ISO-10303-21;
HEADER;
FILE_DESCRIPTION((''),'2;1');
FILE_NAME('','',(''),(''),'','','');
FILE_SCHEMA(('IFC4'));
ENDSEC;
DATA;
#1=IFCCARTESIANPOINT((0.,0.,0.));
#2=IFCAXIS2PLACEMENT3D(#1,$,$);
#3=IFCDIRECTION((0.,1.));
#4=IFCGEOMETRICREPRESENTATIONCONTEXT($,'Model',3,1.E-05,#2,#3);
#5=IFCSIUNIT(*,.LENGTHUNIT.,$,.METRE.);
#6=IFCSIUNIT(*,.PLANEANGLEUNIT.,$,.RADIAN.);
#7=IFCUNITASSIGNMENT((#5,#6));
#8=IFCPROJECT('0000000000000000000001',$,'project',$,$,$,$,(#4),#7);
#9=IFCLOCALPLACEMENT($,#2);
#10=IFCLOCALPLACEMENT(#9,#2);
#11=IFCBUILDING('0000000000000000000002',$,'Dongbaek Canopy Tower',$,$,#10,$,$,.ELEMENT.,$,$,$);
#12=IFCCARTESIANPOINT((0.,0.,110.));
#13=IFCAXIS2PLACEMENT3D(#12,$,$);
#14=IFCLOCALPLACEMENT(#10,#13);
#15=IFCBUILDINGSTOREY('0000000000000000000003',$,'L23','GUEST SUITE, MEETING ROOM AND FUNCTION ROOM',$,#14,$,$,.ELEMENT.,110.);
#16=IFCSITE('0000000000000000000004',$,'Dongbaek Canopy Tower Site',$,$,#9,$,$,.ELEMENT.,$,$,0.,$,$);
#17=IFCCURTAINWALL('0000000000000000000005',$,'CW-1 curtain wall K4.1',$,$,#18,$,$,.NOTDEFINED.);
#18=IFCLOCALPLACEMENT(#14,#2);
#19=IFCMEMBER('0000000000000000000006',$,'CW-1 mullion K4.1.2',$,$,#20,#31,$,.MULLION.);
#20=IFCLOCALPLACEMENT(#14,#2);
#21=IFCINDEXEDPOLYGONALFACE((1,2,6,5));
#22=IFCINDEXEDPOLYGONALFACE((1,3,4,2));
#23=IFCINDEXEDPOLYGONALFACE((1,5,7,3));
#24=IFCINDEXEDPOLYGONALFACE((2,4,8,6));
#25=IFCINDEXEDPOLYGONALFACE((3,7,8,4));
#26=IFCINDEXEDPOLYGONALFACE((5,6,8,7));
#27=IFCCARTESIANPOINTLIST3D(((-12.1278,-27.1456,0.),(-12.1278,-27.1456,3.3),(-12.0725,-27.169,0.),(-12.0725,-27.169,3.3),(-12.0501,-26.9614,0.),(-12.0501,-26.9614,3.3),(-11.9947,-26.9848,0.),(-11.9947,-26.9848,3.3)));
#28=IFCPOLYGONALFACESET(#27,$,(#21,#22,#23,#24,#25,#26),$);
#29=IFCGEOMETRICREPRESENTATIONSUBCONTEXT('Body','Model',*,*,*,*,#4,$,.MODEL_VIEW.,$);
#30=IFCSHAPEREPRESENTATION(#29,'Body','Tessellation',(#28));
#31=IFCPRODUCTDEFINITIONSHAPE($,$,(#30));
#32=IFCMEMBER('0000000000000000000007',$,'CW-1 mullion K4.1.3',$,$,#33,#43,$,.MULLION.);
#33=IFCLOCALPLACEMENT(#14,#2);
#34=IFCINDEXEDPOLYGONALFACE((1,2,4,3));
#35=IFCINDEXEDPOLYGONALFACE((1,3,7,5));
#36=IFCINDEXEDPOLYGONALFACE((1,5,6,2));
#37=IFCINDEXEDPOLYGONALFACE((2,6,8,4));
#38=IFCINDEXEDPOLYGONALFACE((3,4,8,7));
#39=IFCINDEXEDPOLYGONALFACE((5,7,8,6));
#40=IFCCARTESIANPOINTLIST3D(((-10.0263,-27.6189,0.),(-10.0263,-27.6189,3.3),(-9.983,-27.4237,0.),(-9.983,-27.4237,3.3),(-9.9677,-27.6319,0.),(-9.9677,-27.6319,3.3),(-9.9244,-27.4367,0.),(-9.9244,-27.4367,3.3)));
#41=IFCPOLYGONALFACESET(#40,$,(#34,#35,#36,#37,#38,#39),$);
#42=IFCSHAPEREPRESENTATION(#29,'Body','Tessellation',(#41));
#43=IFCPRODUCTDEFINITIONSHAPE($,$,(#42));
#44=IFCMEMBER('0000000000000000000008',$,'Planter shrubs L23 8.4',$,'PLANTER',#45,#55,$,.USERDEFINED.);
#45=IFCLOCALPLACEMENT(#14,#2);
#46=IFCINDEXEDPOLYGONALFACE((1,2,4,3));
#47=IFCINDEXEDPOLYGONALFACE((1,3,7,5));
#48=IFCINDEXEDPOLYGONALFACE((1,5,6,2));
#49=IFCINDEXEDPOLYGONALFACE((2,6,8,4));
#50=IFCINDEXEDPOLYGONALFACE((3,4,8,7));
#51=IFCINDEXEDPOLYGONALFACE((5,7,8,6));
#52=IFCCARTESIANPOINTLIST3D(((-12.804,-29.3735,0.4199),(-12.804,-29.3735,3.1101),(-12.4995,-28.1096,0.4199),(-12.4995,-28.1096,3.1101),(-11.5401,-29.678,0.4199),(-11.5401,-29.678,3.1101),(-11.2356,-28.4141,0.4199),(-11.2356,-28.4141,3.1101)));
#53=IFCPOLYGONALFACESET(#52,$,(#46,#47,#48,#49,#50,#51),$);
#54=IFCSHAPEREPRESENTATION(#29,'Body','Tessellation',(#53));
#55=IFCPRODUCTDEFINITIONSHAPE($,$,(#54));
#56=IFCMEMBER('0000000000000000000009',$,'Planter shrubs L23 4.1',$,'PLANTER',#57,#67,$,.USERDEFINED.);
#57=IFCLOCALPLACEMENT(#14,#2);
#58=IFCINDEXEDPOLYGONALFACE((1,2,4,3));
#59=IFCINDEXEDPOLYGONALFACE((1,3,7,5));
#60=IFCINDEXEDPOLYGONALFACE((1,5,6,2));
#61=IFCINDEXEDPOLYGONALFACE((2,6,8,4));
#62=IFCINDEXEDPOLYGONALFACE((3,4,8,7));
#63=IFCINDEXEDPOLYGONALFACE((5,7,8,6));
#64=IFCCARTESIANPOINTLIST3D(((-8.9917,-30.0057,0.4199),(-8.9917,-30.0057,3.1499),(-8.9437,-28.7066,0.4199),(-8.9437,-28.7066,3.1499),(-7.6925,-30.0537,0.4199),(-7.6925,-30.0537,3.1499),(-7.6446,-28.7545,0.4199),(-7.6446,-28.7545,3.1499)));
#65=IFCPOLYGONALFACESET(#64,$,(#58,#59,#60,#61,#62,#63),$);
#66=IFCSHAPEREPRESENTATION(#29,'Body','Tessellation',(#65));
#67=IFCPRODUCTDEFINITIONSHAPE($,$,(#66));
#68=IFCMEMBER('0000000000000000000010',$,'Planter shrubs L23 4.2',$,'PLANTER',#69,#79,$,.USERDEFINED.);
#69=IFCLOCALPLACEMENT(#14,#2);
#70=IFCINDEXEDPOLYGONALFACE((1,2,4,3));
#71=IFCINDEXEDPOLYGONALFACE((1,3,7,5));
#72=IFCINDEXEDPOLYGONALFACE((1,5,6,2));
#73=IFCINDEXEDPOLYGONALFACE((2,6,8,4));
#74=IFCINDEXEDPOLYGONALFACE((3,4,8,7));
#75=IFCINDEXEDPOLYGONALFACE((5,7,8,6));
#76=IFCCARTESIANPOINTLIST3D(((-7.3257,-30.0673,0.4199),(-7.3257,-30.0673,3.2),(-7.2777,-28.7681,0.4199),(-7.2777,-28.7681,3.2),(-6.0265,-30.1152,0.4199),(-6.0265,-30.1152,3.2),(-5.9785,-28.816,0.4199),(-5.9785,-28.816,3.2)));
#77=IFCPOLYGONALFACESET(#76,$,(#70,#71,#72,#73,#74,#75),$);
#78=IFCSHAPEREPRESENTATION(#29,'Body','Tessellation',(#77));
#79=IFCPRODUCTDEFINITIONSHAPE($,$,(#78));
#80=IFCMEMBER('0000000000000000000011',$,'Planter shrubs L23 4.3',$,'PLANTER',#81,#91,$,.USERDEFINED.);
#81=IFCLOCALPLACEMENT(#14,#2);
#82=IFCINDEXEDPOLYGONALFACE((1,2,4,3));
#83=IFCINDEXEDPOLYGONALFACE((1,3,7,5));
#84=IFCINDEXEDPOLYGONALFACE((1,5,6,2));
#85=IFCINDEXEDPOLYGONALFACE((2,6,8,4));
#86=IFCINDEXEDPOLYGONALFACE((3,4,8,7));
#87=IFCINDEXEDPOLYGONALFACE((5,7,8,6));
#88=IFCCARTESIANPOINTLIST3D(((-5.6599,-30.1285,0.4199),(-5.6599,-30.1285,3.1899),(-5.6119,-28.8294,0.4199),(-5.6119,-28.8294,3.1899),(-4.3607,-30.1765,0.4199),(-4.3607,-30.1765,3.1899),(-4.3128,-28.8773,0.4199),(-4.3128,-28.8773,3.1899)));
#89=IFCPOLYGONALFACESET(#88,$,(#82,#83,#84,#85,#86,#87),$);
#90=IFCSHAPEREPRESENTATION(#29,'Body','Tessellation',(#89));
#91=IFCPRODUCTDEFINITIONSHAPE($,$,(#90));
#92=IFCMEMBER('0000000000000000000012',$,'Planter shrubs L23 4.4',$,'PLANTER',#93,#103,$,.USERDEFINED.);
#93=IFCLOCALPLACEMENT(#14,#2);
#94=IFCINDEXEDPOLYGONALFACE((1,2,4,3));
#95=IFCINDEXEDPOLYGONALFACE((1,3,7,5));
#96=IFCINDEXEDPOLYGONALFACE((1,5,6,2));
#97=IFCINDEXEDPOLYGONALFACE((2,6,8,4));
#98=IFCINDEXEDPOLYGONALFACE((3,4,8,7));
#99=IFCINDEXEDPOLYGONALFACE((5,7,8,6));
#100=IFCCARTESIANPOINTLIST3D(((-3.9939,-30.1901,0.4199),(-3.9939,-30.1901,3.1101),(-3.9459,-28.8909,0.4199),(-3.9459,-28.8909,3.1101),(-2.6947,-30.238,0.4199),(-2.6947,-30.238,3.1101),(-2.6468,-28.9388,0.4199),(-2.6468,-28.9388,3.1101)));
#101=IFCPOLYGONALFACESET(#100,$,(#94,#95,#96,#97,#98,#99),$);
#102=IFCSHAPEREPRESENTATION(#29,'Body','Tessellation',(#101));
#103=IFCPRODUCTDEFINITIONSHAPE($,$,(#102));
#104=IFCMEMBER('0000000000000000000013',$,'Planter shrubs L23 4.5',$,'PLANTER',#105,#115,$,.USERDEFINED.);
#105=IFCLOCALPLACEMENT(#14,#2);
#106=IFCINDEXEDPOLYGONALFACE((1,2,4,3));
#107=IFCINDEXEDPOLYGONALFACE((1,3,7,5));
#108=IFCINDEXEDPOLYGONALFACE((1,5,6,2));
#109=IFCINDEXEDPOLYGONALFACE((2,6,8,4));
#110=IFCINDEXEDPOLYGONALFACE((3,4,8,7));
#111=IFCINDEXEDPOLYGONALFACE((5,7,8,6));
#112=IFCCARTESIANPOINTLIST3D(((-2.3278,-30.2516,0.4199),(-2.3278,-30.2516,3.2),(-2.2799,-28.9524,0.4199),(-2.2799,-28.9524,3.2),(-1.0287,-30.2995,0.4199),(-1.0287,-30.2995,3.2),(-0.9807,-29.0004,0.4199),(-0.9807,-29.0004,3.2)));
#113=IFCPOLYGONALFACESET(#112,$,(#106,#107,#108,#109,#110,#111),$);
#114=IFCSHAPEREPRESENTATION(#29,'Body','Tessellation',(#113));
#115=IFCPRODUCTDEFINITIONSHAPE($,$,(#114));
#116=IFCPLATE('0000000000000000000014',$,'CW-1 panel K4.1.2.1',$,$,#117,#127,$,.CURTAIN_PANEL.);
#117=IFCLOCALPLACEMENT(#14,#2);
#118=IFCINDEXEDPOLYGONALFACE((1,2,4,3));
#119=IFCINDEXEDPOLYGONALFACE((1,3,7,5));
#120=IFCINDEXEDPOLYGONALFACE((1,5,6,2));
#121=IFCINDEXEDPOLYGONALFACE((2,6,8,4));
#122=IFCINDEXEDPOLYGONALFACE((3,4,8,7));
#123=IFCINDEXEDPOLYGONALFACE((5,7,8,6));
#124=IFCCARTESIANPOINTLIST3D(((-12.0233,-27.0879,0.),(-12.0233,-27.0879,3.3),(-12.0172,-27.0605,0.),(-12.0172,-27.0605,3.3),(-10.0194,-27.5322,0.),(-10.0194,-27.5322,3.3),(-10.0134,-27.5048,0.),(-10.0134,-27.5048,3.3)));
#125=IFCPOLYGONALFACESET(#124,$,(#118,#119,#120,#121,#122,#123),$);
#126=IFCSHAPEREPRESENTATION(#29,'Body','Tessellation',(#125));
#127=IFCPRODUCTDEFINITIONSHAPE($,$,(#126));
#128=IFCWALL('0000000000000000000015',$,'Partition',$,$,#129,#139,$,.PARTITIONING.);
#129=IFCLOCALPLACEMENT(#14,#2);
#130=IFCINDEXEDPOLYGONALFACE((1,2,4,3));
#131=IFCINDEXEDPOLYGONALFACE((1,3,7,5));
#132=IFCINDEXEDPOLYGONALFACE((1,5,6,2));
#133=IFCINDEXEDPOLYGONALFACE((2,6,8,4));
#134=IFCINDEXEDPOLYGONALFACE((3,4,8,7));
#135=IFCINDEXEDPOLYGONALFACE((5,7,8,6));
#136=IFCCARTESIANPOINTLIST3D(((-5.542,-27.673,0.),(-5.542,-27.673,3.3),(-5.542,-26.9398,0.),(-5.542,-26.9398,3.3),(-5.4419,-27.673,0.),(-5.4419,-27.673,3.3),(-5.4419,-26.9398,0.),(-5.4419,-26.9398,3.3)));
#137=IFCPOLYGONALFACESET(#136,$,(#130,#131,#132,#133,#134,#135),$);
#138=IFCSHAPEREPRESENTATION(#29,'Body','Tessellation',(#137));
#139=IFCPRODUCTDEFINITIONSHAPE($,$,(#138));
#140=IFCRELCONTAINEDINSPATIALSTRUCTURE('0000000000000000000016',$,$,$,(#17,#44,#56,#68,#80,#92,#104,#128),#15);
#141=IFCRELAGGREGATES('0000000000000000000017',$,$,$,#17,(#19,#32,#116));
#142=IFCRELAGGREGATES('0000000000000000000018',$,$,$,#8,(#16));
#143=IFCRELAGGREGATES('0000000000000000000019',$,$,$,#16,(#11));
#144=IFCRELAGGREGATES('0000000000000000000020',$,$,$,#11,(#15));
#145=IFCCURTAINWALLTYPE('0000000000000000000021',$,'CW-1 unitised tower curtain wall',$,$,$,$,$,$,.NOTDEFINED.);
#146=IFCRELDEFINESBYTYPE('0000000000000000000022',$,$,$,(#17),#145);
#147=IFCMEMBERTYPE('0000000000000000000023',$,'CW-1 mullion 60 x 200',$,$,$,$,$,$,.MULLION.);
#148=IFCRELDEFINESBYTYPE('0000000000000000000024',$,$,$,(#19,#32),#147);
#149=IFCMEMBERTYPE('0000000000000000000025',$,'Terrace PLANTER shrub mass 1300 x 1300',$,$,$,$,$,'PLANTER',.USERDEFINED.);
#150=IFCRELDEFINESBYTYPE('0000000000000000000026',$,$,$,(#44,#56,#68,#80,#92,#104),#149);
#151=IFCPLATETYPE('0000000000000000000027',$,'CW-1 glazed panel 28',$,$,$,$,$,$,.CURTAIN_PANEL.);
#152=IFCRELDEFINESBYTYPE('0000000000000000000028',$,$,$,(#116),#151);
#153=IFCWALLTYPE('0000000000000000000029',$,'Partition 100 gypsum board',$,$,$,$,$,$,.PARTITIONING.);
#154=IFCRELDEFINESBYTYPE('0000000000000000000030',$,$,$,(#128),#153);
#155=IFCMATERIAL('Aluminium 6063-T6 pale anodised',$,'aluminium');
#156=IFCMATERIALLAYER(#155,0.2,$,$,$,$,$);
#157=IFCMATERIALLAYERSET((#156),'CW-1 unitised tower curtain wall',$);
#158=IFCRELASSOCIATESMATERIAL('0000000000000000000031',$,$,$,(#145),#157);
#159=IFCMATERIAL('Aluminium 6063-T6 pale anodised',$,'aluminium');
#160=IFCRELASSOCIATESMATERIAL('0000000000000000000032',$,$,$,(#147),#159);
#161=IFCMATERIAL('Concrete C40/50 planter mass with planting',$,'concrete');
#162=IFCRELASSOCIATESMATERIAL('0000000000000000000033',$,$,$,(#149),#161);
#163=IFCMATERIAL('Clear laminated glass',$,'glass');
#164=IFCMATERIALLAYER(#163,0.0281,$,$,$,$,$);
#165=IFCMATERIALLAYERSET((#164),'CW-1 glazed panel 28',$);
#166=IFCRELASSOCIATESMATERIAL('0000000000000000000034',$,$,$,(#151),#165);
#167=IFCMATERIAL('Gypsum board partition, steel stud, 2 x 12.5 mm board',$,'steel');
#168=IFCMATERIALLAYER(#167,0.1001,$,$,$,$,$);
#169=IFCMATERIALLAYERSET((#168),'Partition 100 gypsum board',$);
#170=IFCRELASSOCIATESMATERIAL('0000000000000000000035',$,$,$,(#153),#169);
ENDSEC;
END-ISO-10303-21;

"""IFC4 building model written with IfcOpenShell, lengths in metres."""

from ifc_helpers import new_model, si_unit, direction, frame, frame_2d, origin, origin_2d, place, context, subcontext, project, spatial, rectangle, extrude, material, layer, layer_set, material_profile, profile_set, type_object, element, aggregate, save


model = new_model("IFC4")

# Units and contexts
model_context = context("Model", 3, precision=1e-05, world=origin(), true_north=direction((0.0, 1.0)))
body_context = subcontext(model_context, "Body", "Model", "MODEL_VIEW")
ifc_project = project(units=[si_unit("LENGTHUNIT", "METRE"), si_unit("PLANEANGLEUNIT", "RADIAN")], contexts=[model_context])

# Site, building, storey
site_placement = place(None, origin())
site = spatial("IfcSite", under=ifc_project, at=site_placement, Name="Dongbaek Canopy Tower Site", CompositionType="ELEMENT", RefElevation=0.0)
building_placement = place(site_placement, origin())
building = spatial("IfcBuilding", under=site, at=building_placement, Name="Dongbaek Canopy Tower", CompositionType="ELEMENT")
storey_placement = place(building_placement, frame((0.0, 0.0, 110.0)))
storey = spatial("IfcBuildingStorey", under=building, at=storey_placement, Name="L23", Description="GUEST SUITE, MEETING ROOM AND FUNCTION ROOM", CompositionType="ELEMENT", Elevation=110.0)

# Curtain wall, members
ifc_material_1 = material(Name="Aluminium 6063-T6 pale anodised", Category="aluminium")
ifc_layer_1 = layer(ifc_material_1, 0.2)
ifc_layer_set_1 = layer_set([ifc_layer_1], Name="CW-1 unitised tower curtain wall")
curtain_wall_type = type_object("IfcCurtainWallType", Name="CW-1 unitised tower curtain wall", PredefinedType="NOTDEFINED", material=ifc_layer_set_1)
curtain_wall_placement = place(storey_placement, origin())
curtain_wall = element("IfcCurtainWall", 1, at=curtain_wall_placement, inside=storey, type_object=curtain_wall_type, Name="CW-1 curtain wall K4.1", PredefinedType="NOTDEFINED")
ifc_material_2 = material(Name="Aluminium 6063-T6 pale anodised", Category="aluminium")
ifc_material_profile_1 = material_profile(ifc_material_2, rectangle(XDim=0.2, YDim=0.0601, at=origin_2d()), Name="CW-1 mullion 60 x 200")
ifc_profile_set_1 = profile_set([ifc_material_profile_1], Name="Aluminium 6063-T6 pale anodised")
member_type_1 = type_object("IfcMemberType", Name="CW-1 mullion 60 x 200", PredefinedType="MULLION", material=ifc_profile_set_1)
member_1_placement = place(storey_placement, frame((-12.0613, -27.0652, 0.0), z_axis=(0.0, 0.0, 1.0), x_axis=(-0.388975, -0.921248, 0.0)))
member_1 = element("IfcMember", 2, at=member_1_placement, type_object=member_type_1, Name="CW-1 mullion K4.1.2", PredefinedType="MULLION", context=body_context, shape_type="SweptSolid", body=[
    extrude(rectangle(XDim=0.2, YDim=0.0601, at=origin_2d()), origin(), (0.0, 0.0, 1.0), 3.3),
])
member_2_placement = place(storey_placement, frame((-9.9753, -27.5278, 0.0), z_axis=(0.0, 0.0, 1.0), x_axis=(-0.216472, -0.976289, 0.0)))
member_2 = element("IfcMember", 3, at=member_2_placement, type_object=member_type_1, Name="CW-1 mullion K4.1.3", PredefinedType="MULLION", context=body_context, shape_type="SweptSolid", body=[
    extrude(rectangle(XDim=0.2, YDim=0.0601, at=origin_2d()), origin(), (0.0, 0.0, 1.0), 3.3),
])

# Members
ifc_material_3 = material(Name="Concrete C40/50 planter mass with planting", Category="concrete")
ifc_material_profile_2 = material_profile(ifc_material_3, rectangle(XDim=1.3, YDim=1.3, at=origin_2d()), Name="Terrace PLANTER shrub mass 1300 x 1300")
ifc_profile_set_2 = profile_set([ifc_material_profile_2], Name="Concrete C40/50 planter mass with planting")
member_type_2 = type_object("IfcMemberType", Name="Terrace PLANTER shrub mass 1300 x 1300", ElementType="PLANTER", PredefinedType="USERDEFINED", material=ifc_profile_set_2)
member_3_placement = place(storey_placement, frame((-12.0198, -28.8938, 0.4199), z_axis=(0.0, 0.0, 1.0), x_axis=(-0.234243, -0.972178, 0.0)))
element("IfcMember", 4, at=member_3_placement, inside=storey, type_object=member_type_2, Name="Planter shrubs L23 8.4", ObjectType="PLANTER", PredefinedType="USERDEFINED", context=body_context, shape_type="SweptSolid", body=[
    extrude(rectangle(XDim=1.3, YDim=1.3, at=origin_2d()), origin(), (0.0, 0.0, 1.0), 2.6902),
])
member_4_placement = place(storey_placement, frame((-8.3181, -29.3801, 0.4199), z_axis=(0.0, 0.0, 1.0), x_axis=(-0.036873, -0.99932, 0.0)))
element("IfcMember", 5, at=member_4_placement, inside=storey, type_object=member_type_2, Name="Planter shrubs L23 4.1", ObjectType="PLANTER", PredefinedType="USERDEFINED", context=body_context, shape_type="SweptSolid", body=[
    extrude(rectangle(XDim=1.3, YDim=1.3, at=origin_2d()), origin(), (0.0, 0.0, 1.0), 2.73),
])
member_5_placement = place(storey_placement, frame((-6.6521, -29.4417, 0.4199), z_axis=(0.0, 0.0, 1.0), x_axis=(-0.036873, -0.99932, 0.0)))
element("IfcMember", 6, at=member_5_placement, inside=storey, type_object=member_type_2, Name="Planter shrubs L23 4.2", ObjectType="PLANTER", PredefinedType="USERDEFINED", context=body_context, shape_type="SweptSolid", body=[
    extrude(rectangle(XDim=1.3, YDim=1.3, at=origin_2d()), origin(), (0.0, 0.0, 1.0), 2.78),
])
member_6_placement = place(storey_placement, frame((-4.9863, -29.5029, 0.4199), z_axis=(0.0, 0.0, 1.0), x_axis=(-0.036873, -0.99932, 0.0)))
element("IfcMember", 7, at=member_6_placement, inside=storey, type_object=member_type_2, Name="Planter shrubs L23 4.3", ObjectType="PLANTER", PredefinedType="USERDEFINED", context=body_context, shape_type="SweptSolid", body=[
    extrude(rectangle(XDim=1.3, YDim=1.3, at=origin_2d()), origin(), (0.0, 0.0, 1.0), 2.77),
])
member_7_placement = place(storey_placement, frame((-3.3203, -29.5645, 0.4199), z_axis=(0.0, 0.0, 1.0), x_axis=(-0.036873, -0.99932, 0.0)))
element("IfcMember", 8, at=member_7_placement, inside=storey, type_object=member_type_2, Name="Planter shrubs L23 4.4", ObjectType="PLANTER", PredefinedType="USERDEFINED", context=body_context, shape_type="SweptSolid", body=[
    extrude(rectangle(XDim=1.3, YDim=1.3, at=origin_2d()), origin(), (0.0, 0.0, 1.0), 2.6902),
])
member_8_placement = place(storey_placement, frame((-1.6543, -29.626, 0.4199), z_axis=(0.0, 0.0, 1.0), x_axis=(-0.036873, -0.99932, 0.0)))
element("IfcMember", 9, at=member_8_placement, inside=storey, type_object=member_type_2, Name="Planter shrubs L23 4.5", ObjectType="PLANTER", PredefinedType="USERDEFINED", context=body_context, shape_type="SweptSolid", body=[
    extrude(rectangle(XDim=1.3, YDim=1.3, at=origin_2d()), origin(), (0.0, 0.0, 1.0), 2.78),
])

# Plate
ifc_material_4 = material(Name="Clear laminated glass", Category="glass")
ifc_layer_2 = layer(ifc_material_4, 0.0281)
ifc_layer_set_2 = layer_set([ifc_layer_2], Name="CW-1 glazed panel 28")
plate_type = type_object("IfcPlateType", Name="CW-1 glazed panel 28", PredefinedType="CURTAIN_PANEL", material=ifc_layer_set_2)
plate_placement = place(storey_placement, frame((-11.0183, -27.2964, 0.0), z_axis=(0.0, 0.0, 1.0), x_axis=(0.976289, -0.216472, 0.0)))
plate = element("IfcPlate", 10, at=plate_placement, type_object=plate_type, Name="CW-1 panel K4.1.2.1", PredefinedType="CURTAIN_PANEL", context=body_context, shape_type="SweptSolid", body=[
    extrude(rectangle(XDim=2.0525, YDim=0.0281, at=origin_2d()), origin(), (0.0, 0.0, 1.0), 3.3),
])
aggregate(curtain_wall, [member_1, member_2, plate])

# Wall
ifc_material_5 = material(Name="Gypsum board partition, steel stud, 2 x 12.5 mm board", Category="steel")
ifc_layer_3 = layer(ifc_material_5, 0.1001)
ifc_layer_set_3 = layer_set([ifc_layer_3], Name="Partition 100 gypsum board")
wall_type_1 = type_object("IfcWallType", Name="Partition 100 gypsum board", PredefinedType="PARTITIONING", material=ifc_layer_set_3)
wall_1_placement = place(storey_placement, frame((-5.4919, -27.6731, 0.0), z_axis=(0.0, 0.0, 1.0), x_axis=(0.0, 1.0, 0.0)))
element("IfcWall", 11, at=wall_1_placement, inside=storey, type_object=wall_type_1, Name="Partition", PredefinedType="PARTITIONING", context=body_context, shape_type="SweptSolid", body=[
    extrude(rectangle(XDim=0.7332, YDim=0.1001, at=frame_2d((0.3667, 0.0))), origin(), (0.0, 0.0, 1.0), 3.3),
])

save(model, "model.ifc")
